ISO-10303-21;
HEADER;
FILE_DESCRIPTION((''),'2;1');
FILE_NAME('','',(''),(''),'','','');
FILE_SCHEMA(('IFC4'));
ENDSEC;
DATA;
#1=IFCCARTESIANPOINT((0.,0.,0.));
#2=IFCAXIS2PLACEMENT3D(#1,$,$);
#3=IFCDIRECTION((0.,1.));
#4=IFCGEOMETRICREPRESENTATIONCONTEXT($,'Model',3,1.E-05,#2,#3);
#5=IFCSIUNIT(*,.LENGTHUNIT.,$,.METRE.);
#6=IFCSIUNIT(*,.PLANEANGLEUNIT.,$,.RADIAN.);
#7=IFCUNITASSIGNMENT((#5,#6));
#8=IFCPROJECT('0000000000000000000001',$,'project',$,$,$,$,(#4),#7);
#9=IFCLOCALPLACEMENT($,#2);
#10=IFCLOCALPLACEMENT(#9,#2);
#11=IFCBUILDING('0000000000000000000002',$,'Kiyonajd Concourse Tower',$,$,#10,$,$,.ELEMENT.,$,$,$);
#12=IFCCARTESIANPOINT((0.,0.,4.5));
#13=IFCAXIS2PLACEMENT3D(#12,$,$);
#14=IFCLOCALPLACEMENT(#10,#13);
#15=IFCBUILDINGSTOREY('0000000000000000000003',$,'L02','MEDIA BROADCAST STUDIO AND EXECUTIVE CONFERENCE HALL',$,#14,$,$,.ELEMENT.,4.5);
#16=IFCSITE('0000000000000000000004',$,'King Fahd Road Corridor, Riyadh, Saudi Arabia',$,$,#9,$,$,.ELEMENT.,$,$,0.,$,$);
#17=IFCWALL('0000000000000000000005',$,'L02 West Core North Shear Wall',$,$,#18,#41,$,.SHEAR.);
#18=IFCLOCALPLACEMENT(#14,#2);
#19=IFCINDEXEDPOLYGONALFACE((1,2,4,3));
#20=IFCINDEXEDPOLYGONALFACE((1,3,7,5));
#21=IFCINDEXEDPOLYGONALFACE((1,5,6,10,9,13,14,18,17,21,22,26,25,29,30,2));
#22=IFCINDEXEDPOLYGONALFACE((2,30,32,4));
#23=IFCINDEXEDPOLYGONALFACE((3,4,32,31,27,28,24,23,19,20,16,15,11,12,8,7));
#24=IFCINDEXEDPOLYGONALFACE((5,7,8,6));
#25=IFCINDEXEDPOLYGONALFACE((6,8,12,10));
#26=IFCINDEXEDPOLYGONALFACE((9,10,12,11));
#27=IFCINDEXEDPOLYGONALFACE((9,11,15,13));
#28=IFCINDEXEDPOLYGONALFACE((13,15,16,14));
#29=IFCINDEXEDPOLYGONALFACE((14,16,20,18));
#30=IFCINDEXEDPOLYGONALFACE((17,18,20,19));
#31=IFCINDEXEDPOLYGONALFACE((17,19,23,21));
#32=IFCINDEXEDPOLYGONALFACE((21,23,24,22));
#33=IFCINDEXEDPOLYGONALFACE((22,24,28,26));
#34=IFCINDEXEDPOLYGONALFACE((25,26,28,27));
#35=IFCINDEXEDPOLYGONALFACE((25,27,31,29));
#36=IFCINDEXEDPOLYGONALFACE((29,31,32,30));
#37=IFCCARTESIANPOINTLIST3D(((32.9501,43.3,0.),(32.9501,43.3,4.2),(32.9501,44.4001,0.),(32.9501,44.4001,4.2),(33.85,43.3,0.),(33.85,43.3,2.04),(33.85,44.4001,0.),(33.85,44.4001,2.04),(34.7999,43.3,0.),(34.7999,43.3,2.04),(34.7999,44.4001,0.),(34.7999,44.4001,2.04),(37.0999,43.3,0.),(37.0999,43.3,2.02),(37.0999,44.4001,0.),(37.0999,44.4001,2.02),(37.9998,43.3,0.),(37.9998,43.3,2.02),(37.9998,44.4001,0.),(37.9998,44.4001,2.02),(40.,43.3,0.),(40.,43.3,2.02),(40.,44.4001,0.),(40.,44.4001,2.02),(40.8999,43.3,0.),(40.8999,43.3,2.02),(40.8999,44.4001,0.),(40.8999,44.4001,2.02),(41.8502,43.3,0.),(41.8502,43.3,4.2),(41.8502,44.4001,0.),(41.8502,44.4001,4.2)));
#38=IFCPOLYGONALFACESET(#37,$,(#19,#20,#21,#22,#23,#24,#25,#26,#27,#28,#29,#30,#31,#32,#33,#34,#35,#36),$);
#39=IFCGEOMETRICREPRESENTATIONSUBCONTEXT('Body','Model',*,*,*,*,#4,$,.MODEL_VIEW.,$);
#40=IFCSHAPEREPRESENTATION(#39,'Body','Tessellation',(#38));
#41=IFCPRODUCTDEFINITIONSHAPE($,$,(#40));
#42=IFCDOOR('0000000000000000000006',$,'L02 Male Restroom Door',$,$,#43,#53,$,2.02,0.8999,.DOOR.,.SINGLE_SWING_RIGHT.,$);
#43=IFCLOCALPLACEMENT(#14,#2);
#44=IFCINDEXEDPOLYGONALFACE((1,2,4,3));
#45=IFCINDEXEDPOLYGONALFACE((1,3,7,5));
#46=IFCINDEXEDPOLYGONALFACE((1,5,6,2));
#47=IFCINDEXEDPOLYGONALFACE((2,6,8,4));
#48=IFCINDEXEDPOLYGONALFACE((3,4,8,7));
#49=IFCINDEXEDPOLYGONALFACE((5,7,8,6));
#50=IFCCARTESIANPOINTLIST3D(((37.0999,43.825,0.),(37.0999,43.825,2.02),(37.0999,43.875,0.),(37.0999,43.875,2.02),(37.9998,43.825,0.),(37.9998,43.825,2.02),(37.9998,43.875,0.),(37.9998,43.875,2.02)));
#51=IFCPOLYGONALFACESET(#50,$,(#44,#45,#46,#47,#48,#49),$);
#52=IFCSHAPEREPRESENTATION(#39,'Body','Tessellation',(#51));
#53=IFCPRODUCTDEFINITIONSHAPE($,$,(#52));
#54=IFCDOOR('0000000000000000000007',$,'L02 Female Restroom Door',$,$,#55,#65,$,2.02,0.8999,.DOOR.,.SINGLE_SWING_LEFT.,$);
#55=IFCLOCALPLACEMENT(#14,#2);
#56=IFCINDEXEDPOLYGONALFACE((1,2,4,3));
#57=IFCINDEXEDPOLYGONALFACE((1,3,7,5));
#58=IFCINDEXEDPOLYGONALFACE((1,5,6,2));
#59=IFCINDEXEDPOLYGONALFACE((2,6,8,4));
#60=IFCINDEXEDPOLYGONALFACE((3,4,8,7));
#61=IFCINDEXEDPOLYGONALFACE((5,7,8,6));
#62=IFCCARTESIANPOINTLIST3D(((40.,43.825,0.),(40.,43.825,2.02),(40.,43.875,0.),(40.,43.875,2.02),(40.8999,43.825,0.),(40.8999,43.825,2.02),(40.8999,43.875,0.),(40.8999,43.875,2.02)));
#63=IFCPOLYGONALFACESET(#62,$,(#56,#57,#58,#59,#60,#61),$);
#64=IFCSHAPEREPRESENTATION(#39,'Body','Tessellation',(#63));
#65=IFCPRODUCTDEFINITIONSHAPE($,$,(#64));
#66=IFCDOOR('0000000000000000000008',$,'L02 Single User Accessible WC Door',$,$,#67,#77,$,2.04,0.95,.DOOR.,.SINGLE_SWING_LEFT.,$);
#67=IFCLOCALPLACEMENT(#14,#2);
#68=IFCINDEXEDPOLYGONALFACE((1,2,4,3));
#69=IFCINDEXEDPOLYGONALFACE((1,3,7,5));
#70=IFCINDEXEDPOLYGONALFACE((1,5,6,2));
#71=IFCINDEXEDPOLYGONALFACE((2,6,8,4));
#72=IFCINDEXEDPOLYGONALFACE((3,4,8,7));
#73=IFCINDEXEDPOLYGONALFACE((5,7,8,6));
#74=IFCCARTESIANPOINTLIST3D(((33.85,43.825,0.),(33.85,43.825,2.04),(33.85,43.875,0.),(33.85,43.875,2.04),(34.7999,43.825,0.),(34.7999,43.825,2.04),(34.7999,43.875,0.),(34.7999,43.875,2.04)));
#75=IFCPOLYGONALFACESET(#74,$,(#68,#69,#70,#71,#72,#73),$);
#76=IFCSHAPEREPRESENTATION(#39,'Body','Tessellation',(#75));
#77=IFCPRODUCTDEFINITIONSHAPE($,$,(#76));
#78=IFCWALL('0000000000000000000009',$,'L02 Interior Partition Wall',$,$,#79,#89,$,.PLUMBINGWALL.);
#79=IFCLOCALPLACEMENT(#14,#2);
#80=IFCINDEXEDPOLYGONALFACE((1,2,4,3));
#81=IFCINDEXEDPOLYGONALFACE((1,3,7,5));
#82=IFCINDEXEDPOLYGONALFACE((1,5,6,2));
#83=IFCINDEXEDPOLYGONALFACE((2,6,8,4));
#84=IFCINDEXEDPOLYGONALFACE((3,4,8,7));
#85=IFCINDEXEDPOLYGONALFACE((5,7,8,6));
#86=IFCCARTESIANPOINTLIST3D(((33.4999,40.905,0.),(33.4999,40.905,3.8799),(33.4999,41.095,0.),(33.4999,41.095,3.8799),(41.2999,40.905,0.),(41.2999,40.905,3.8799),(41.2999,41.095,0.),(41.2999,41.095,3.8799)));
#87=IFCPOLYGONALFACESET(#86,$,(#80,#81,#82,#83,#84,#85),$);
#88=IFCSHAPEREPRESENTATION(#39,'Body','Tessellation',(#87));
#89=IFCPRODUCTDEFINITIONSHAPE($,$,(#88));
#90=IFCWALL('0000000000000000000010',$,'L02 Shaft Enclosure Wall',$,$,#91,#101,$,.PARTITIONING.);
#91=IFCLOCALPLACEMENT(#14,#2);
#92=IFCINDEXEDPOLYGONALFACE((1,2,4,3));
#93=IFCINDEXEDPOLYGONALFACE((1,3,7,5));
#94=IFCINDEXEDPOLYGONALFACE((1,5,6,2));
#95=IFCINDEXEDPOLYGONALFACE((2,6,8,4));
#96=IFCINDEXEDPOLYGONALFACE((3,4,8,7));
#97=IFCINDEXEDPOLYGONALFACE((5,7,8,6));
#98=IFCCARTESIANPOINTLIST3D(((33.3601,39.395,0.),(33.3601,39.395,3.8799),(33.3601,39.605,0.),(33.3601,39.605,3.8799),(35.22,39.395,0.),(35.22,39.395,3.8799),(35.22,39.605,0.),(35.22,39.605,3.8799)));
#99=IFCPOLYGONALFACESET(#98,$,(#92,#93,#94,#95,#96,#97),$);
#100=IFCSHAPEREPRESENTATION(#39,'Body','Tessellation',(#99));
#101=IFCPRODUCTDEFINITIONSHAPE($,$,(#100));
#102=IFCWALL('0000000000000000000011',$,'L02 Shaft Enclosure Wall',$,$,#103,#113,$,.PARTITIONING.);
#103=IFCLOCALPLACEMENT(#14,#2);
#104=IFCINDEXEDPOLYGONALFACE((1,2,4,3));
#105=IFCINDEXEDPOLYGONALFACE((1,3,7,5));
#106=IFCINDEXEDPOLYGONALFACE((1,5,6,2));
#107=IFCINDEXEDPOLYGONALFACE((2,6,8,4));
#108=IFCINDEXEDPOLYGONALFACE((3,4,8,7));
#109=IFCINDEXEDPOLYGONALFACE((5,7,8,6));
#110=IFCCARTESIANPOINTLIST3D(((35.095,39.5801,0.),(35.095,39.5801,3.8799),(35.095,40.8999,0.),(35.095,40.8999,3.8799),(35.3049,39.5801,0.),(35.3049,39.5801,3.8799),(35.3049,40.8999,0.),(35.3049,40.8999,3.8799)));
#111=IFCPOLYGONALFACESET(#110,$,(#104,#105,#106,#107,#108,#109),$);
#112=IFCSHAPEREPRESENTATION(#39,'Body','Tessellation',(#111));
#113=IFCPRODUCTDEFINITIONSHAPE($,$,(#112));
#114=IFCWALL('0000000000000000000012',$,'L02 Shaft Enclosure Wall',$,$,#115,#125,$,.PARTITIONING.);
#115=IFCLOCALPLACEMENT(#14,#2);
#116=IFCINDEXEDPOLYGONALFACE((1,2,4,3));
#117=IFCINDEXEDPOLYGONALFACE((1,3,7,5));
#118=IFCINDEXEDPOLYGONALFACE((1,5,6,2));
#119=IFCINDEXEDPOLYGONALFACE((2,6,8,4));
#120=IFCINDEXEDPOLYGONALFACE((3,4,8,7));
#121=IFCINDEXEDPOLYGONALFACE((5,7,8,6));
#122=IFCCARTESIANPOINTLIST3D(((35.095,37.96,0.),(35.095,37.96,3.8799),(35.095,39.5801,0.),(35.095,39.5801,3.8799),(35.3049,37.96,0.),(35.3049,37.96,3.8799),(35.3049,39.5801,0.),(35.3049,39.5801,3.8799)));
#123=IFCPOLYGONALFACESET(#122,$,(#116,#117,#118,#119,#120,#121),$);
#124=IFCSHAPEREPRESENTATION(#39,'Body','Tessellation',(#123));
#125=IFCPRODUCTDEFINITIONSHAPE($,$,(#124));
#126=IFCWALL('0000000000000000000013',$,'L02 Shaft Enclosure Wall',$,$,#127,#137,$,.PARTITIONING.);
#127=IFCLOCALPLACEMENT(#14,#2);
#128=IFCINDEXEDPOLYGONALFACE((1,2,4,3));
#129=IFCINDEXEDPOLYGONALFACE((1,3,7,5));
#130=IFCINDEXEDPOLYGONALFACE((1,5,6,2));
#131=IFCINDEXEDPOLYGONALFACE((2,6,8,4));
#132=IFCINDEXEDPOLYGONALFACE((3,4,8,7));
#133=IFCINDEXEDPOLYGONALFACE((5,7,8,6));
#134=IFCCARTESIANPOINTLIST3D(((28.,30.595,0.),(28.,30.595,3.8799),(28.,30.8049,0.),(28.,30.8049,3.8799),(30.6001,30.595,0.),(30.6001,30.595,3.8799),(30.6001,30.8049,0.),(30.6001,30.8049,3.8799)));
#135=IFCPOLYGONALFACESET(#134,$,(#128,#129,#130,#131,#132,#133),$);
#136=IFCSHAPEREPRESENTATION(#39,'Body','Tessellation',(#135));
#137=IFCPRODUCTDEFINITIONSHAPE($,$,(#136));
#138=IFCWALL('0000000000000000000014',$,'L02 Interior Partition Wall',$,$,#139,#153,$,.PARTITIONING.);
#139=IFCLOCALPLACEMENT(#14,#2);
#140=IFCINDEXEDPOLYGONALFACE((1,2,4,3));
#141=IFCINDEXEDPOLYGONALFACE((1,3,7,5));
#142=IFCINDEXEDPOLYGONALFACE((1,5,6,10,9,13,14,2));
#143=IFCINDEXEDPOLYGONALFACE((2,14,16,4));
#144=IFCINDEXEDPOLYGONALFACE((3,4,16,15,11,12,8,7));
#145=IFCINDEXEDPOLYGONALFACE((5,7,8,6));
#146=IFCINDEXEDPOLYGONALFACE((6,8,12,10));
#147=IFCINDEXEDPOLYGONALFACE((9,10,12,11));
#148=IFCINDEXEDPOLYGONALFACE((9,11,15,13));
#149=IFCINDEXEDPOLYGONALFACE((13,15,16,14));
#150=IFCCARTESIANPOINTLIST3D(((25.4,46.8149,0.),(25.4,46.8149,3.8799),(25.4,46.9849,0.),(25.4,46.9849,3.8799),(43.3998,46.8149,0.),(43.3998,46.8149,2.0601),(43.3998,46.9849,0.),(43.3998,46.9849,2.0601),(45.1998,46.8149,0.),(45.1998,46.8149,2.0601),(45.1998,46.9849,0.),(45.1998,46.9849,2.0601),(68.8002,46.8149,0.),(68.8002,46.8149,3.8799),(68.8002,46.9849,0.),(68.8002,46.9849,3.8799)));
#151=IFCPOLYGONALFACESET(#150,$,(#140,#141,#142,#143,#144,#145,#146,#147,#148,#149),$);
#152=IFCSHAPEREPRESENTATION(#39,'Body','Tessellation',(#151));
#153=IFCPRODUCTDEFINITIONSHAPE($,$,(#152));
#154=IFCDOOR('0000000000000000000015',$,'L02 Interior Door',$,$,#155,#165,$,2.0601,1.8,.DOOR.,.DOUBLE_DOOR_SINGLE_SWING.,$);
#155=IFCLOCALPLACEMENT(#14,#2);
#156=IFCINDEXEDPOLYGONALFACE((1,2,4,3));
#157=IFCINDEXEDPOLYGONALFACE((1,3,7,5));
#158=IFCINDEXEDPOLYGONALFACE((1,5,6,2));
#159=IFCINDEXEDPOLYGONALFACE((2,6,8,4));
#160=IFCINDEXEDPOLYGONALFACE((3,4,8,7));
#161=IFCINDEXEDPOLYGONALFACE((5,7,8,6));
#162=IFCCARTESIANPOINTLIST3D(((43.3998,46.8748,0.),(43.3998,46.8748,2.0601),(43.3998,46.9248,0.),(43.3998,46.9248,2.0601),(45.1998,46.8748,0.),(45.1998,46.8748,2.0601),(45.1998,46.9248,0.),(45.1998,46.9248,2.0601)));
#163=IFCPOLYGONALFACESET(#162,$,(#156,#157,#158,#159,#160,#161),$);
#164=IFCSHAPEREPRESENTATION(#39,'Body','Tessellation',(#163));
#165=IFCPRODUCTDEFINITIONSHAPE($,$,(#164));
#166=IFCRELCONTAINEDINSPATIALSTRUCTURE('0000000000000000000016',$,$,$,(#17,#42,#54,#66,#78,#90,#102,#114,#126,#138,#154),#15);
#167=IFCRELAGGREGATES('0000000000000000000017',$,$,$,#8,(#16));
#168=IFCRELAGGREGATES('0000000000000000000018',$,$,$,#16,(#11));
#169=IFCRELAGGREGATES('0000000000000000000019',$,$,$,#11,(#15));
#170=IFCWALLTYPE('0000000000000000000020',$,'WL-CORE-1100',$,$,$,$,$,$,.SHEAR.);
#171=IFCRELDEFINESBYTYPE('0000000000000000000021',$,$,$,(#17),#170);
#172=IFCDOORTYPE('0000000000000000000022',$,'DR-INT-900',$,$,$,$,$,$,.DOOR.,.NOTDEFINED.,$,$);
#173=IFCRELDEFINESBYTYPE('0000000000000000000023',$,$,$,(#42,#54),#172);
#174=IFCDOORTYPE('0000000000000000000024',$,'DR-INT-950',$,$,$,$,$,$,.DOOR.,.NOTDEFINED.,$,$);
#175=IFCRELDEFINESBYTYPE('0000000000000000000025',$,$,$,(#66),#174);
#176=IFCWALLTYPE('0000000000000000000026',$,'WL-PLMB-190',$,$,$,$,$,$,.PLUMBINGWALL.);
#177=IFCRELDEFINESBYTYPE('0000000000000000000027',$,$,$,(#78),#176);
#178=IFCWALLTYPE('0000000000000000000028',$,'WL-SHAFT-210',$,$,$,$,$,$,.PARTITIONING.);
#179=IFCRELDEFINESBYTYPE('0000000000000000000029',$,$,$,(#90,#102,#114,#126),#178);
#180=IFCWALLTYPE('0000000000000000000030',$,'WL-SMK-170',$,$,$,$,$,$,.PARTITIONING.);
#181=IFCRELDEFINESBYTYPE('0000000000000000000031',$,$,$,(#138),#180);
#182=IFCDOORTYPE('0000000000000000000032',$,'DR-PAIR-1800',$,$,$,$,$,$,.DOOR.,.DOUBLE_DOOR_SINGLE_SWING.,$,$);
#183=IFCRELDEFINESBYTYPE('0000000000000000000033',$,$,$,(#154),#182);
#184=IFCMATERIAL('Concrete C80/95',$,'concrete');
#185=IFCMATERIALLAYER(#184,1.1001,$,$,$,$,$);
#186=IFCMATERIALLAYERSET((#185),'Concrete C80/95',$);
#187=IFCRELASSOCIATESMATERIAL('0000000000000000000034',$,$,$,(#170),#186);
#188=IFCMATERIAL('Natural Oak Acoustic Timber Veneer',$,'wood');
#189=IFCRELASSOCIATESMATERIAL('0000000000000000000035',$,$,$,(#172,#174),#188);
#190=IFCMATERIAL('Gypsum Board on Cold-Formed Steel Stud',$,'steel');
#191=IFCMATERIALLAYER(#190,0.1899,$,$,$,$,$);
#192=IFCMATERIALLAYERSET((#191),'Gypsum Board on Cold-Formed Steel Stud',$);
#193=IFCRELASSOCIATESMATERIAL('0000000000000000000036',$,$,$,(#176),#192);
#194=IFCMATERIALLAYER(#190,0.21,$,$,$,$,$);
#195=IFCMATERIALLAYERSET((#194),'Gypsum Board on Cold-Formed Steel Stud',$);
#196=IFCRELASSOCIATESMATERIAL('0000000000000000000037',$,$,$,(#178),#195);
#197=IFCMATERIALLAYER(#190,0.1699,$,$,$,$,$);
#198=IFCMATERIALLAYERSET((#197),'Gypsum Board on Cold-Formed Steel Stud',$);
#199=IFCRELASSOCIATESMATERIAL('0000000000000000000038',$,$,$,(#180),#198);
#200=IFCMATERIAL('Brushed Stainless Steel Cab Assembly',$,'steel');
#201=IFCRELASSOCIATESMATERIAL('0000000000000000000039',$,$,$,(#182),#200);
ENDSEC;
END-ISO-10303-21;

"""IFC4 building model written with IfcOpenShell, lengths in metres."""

from ifc_helpers import new_model, si_unit, direction, frame, frame_2d, origin, place, context, subcontext, project, spatial, rectangle, extrude, material, layer, layer_set, type_object, element, fill, save


model = new_model("IFC4")

# Units and contexts
model_context = context("Model", 3, precision=1e-05, world=origin(), true_north=direction((0.0, 1.0)))
body_context = subcontext(model_context, "Body", "Model", "MODEL_VIEW")
ifc_project = project(units=[si_unit("LENGTHUNIT", "METRE"), si_unit("PLANEANGLEUNIT", "RADIAN")], contexts=[model_context])

# Site, building, storey
site_placement = place(None, origin())
site = spatial("IfcSite", under=ifc_project, at=site_placement, Name="King Fahd Road Corridor, Riyadh, Saudi Arabia", CompositionType="ELEMENT", RefElevation=0.0)
building_placement = place(site_placement, origin())
building = spatial("IfcBuilding", under=site, at=building_placement, Name="Kiyonajd Concourse Tower", CompositionType="ELEMENT")
storey_placement = place(building_placement, frame((0.0, 0.0, 4.5)))
storey = spatial("IfcBuildingStorey", under=building, at=storey_placement, Name="L02", Description="MEDIA BROADCAST STUDIO AND EXECUTIVE CONFERENCE HALL", CompositionType="ELEMENT", Elevation=4.5)

# Shared definitions
ifc_material_1 = material(Name="Concrete C80/95", Category="concrete")

# Wall, openings, doors
ifc_layer_1 = layer(ifc_material_1, 1.1001)
ifc_layer_set_1 = layer_set([ifc_layer_1], Name="Concrete C80/95")
wall_type_1 = type_object("IfcWallType", Name="WL-CORE-1100", PredefinedType="SHEAR", material=ifc_layer_set_1)
wall_1_placement = place(storey_placement, frame((32.95, 43.8501, 0.0), z_axis=(0.0, 0.0, 1.0), x_axis=(1.0, 0.0, 0.0)))
wall_1 = element("IfcWall", 1, at=wall_1_placement, inside=storey, type_object=wall_type_1, Name="L02 West Core North Shear Wall", PredefinedType="SHEAR", context=body_context, shape_type="SweptSolid", body=[
    extrude(rectangle(XDim=8.9001, YDim=1.1001, at=frame_2d((4.4502, 0.0))), origin(), (0.0, 0.0, 1.0), 4.2),
])
opening_1_placement = place(wall_1_placement, frame((0.8999, 0.0, 0.0)))
opening_1 = element("IfcOpeningElement", 2, at=opening_1_placement, cuts=wall_1, PredefinedType="OPENING", context=body_context, shape_type="SweptSolid", body=[
    extrude(rectangle(XDim=0.95, YDim=2.04, at=frame_2d((0.4751, 1.02))), frame((0.0, 0.5601, 0.0), z_axis=(0.0, -1.0, 0.0), x_axis=(1.0, 0.0, 0.0)), (0.0, 0.0, 1.0), 1.1201),
])
opening_2_placement = place(wall_1_placement, frame((4.1499, 0.0, 0.0)))
opening_2 = element("IfcOpeningElement", 3, at=opening_2_placement, cuts=wall_1, PredefinedType="OPENING", context=body_context, shape_type="SweptSolid", body=[
    extrude(rectangle(XDim=0.8999, YDim=2.02, at=frame_2d((0.45, 1.01))), frame((0.0, 0.5601, 0.0), z_axis=(0.0, -1.0, 0.0), x_axis=(1.0, 0.0, 0.0)), (0.0, 0.0, 1.0), 1.1201),
])
opening_3_placement = place(wall_1_placement, frame((7.05, 0.0, 0.0)))
opening_3 = element("IfcOpeningElement", 4, at=opening_3_placement, cuts=wall_1, PredefinedType="OPENING", context=body_context, shape_type="SweptSolid", body=[
    extrude(rectangle(XDim=0.8999, YDim=2.02, at=frame_2d((0.45, 1.01))), frame((0.0, 0.5601, 0.0), z_axis=(0.0, -1.0, 0.0), x_axis=(1.0, 0.0, 0.0)), (0.0, 0.0, 1.0), 1.1201),
])
ifc_material_2 = material(Name="Natural Oak Acoustic Timber Veneer", Category="wood")
door_type_1 = type_object("IfcDoorType", Name="DR-INT-900", OperationType="NOTDEFINED", PredefinedType="DOOR", material=ifc_material_2)
door_1_placement = place(opening_2_placement, origin())
door_1 = element("IfcDoor", 5, at=door_1_placement, inside=storey, type_object=door_type_1, Name="L02 Male Restroom Door", OperationType="SINGLE_SWING_RIGHT", OverallHeight=2.02, OverallWidth=0.8999, PredefinedType="DOOR", context=body_context, shape_type="SweptSolid", body=[
    extrude(rectangle(XDim=0.8999, YDim=2.02, at=frame_2d((0.45, 1.01))), frame((0.0, 0.0249, 0.0), z_axis=(0.0, -1.0, 0.0), x_axis=(1.0, 0.0, 0.0)), (0.0, 0.0, 1.0), 0.05),
])
fill(opening_2, door_1)
door_2_placement = place(opening_3_placement, origin())
door_2 = element("IfcDoor", 6, at=door_2_placement, inside=storey, type_object=door_type_1, Name="L02 Female Restroom Door", OperationType="SINGLE_SWING_LEFT", OverallHeight=2.02, OverallWidth=0.8999, PredefinedType="DOOR", context=body_context, shape_type="SweptSolid", body=[
    extrude(rectangle(XDim=0.8999, YDim=2.02, at=frame_2d((0.45, 1.01))), frame((0.0, 0.0249, 0.0), z_axis=(0.0, -1.0, 0.0), x_axis=(1.0, 0.0, 0.0)), (0.0, 0.0, 1.0), 0.05),
])
fill(opening_3, door_2)
door_type_2 = type_object("IfcDoorType", Name="DR-INT-950", OperationType="NOTDEFINED", PredefinedType="DOOR", material=ifc_material_2)
door_3_placement = place(opening_1_placement, origin())
door_3 = element("IfcDoor", 7, at=door_3_placement, inside=storey, type_object=door_type_2, Name="L02 Single User Accessible WC Door", OperationType="SINGLE_SWING_LEFT", OverallHeight=2.04, OverallWidth=0.95, PredefinedType="DOOR", context=body_context, shape_type="SweptSolid", body=[
    extrude(rectangle(XDim=0.95, YDim=2.04, at=frame_2d((0.4751, 1.02))), frame((0.0, 0.0249, 0.0), z_axis=(0.0, -1.0, 0.0), x_axis=(1.0, 0.0, 0.0)), (0.0, 0.0, 1.0), 0.05),
])
fill(opening_1, door_3)

# Walls
ifc_material_3 = material(Name="Gypsum Board on Cold-Formed Steel Stud", Category="steel")
ifc_layer_2 = layer(ifc_material_3, 0.1899)
ifc_layer_set_2 = layer_set([ifc_layer_2], Name="Gypsum Board on Cold-Formed Steel Stud")
wall_type_2 = type_object("IfcWallType", Name="WL-PLMB-190", PredefinedType="PLUMBINGWALL", material=ifc_layer_set_2)
wall_2_placement = place(storey_placement, frame((33.5, 41.0, 0.0), z_axis=(0.0, 0.0, 1.0), x_axis=(1.0, 0.0, 0.0)))
element("IfcWall", 8, at=wall_2_placement, inside=storey, type_object=wall_type_2, Name="L02 Interior Partition Wall", PredefinedType="PLUMBINGWALL", context=body_context, shape_type="SweptSolid", body=[
    extrude(rectangle(XDim=7.8, YDim=0.1899, at=frame_2d((3.8999, 0.0))), origin(), (0.0, 0.0, 1.0), 3.8799),
])
ifc_layer_3 = layer(ifc_material_3, 0.21)
ifc_layer_set_3 = layer_set([ifc_layer_3], Name="Gypsum Board on Cold-Formed Steel Stud")
wall_type_3 = type_object("IfcWallType", Name="WL-SHAFT-210", PredefinedType="PARTITIONING", material=ifc_layer_set_3)
wall_3_placement = place(storey_placement, frame((33.3601, 39.5, 0.0), z_axis=(0.0, 0.0, 1.0), x_axis=(1.0, 0.0, 0.0)))
element("IfcWall", 9, at=wall_3_placement, inside=storey, type_object=wall_type_3, Name="L02 Shaft Enclosure Wall", PredefinedType="PARTITIONING", context=body_context, shape_type="SweptSolid", body=[
    extrude(rectangle(XDim=1.8599, YDim=0.21, at=frame_2d((0.9299, 0.0))), origin(), (0.0, 0.0, 1.0), 3.8799),
])
wall_4_placement = place(storey_placement, frame((35.2, 39.5801, 0.0), z_axis=(0.0, 0.0, 1.0), x_axis=(0.0, 1.0, 0.0)))
element("IfcWall", 10, at=wall_4_placement, inside=storey, type_object=wall_type_3, Name="L02 Shaft Enclosure Wall", PredefinedType="PARTITIONING", context=body_context, shape_type="SweptSolid", body=[
    extrude(rectangle(XDim=1.3198, YDim=0.21, at=frame_2d((0.6599, 0.0))), origin(), (0.0, 0.0, 1.0), 3.8799),
])
wall_5_placement = place(storey_placement, frame((35.2, 37.96, 0.0), z_axis=(0.0, 0.0, 1.0), x_axis=(0.0, 1.0, 0.0)))
element("IfcWall", 11, at=wall_5_placement, inside=storey, type_object=wall_type_3, Name="L02 Shaft Enclosure Wall", PredefinedType="PARTITIONING", context=body_context, shape_type="SweptSolid", body=[
    extrude(rectangle(XDim=1.6201, YDim=0.21, at=frame_2d((0.8101, 0.0))), origin(), (0.0, 0.0, 1.0), 3.8799),
])
wall_6_placement = place(storey_placement, frame((28.0, 30.7, 0.0), z_axis=(0.0, 0.0, 1.0), x_axis=(1.0, 0.0, 0.0)))
element("IfcWall", 12, at=wall_6_placement, inside=storey, type_object=wall_type_3, Name="L02 Shaft Enclosure Wall", PredefinedType="PARTITIONING", context=body_context, shape_type="SweptSolid", body=[
    extrude(rectangle(XDim=2.6001, YDim=0.21, at=frame_2d((1.3, 0.0))), origin(), (0.0, 0.0, 1.0), 3.8799),
])

# Wall, opening, door
ifc_layer_4 = layer(ifc_material_3, 0.1699)
ifc_layer_set_4 = layer_set([ifc_layer_4], Name="Gypsum Board on Cold-Formed Steel Stud")
wall_type_4 = type_object("IfcWallType", Name="WL-SMK-170", PredefinedType="PARTITIONING", material=ifc_layer_set_4)
wall_7_placement = place(storey_placement, frame((25.3999, 46.8999, 0.0), z_axis=(0.0, 0.0, 1.0), x_axis=(1.0, 0.0, 0.0)))
wall_7 = element("IfcWall", 13, at=wall_7_placement, inside=storey, type_object=wall_type_4, Name="L02 Interior Partition Wall", PredefinedType="PARTITIONING", context=body_context, shape_type="SweptSolid", body=[
    extrude(rectangle(XDim=43.4001, YDim=0.1699, at=frame_2d((21.7002, 0.0))), origin(), (0.0, 0.0, 1.0), 3.8799),
])
opening_4_placement = place(wall_7_placement, frame((18.0, 0.0, 0.0)))
opening_4 = element("IfcOpeningElement", 14, at=opening_4_placement, cuts=wall_7, PredefinedType="OPENING", context=body_context, shape_type="SweptSolid", body=[
    extrude(rectangle(XDim=1.8, YDim=2.0601, at=frame_2d((0.8999, 1.03))), frame((0.0, 0.095, 0.0), z_axis=(0.0, -1.0, 0.0), x_axis=(1.0, 0.0, 0.0)), (0.0, 0.0, 1.0), 0.1899),
])
ifc_material_4 = material(Name="Brushed Stainless Steel Cab Assembly", Category="steel")
door_type_3 = type_object("IfcDoorType", Name="DR-PAIR-1800", OperationType="DOUBLE_DOOR_SINGLE_SWING", PredefinedType="DOOR", material=ifc_material_4)
door_4_placement = place(opening_4_placement, origin())
door_4 = element("IfcDoor", 15, at=door_4_placement, inside=storey, type_object=door_type_3, Name="L02 Interior Door", OperationType="DOUBLE_DOOR_SINGLE_SWING", OverallHeight=2.0601, OverallWidth=1.8, PredefinedType="DOOR", context=body_context, shape_type="SweptSolid", body=[
    extrude(rectangle(XDim=1.8, YDim=2.0601, at=frame_2d((0.8999, 1.03))), frame((0.0, 0.0249, 0.0), z_axis=(0.0, -1.0, 0.0), x_axis=(1.0, 0.0, 0.0)), (0.0, 0.0, 1.0), 0.05),
])
fill(opening_4, door_4)

save(model, "model.ifc")
